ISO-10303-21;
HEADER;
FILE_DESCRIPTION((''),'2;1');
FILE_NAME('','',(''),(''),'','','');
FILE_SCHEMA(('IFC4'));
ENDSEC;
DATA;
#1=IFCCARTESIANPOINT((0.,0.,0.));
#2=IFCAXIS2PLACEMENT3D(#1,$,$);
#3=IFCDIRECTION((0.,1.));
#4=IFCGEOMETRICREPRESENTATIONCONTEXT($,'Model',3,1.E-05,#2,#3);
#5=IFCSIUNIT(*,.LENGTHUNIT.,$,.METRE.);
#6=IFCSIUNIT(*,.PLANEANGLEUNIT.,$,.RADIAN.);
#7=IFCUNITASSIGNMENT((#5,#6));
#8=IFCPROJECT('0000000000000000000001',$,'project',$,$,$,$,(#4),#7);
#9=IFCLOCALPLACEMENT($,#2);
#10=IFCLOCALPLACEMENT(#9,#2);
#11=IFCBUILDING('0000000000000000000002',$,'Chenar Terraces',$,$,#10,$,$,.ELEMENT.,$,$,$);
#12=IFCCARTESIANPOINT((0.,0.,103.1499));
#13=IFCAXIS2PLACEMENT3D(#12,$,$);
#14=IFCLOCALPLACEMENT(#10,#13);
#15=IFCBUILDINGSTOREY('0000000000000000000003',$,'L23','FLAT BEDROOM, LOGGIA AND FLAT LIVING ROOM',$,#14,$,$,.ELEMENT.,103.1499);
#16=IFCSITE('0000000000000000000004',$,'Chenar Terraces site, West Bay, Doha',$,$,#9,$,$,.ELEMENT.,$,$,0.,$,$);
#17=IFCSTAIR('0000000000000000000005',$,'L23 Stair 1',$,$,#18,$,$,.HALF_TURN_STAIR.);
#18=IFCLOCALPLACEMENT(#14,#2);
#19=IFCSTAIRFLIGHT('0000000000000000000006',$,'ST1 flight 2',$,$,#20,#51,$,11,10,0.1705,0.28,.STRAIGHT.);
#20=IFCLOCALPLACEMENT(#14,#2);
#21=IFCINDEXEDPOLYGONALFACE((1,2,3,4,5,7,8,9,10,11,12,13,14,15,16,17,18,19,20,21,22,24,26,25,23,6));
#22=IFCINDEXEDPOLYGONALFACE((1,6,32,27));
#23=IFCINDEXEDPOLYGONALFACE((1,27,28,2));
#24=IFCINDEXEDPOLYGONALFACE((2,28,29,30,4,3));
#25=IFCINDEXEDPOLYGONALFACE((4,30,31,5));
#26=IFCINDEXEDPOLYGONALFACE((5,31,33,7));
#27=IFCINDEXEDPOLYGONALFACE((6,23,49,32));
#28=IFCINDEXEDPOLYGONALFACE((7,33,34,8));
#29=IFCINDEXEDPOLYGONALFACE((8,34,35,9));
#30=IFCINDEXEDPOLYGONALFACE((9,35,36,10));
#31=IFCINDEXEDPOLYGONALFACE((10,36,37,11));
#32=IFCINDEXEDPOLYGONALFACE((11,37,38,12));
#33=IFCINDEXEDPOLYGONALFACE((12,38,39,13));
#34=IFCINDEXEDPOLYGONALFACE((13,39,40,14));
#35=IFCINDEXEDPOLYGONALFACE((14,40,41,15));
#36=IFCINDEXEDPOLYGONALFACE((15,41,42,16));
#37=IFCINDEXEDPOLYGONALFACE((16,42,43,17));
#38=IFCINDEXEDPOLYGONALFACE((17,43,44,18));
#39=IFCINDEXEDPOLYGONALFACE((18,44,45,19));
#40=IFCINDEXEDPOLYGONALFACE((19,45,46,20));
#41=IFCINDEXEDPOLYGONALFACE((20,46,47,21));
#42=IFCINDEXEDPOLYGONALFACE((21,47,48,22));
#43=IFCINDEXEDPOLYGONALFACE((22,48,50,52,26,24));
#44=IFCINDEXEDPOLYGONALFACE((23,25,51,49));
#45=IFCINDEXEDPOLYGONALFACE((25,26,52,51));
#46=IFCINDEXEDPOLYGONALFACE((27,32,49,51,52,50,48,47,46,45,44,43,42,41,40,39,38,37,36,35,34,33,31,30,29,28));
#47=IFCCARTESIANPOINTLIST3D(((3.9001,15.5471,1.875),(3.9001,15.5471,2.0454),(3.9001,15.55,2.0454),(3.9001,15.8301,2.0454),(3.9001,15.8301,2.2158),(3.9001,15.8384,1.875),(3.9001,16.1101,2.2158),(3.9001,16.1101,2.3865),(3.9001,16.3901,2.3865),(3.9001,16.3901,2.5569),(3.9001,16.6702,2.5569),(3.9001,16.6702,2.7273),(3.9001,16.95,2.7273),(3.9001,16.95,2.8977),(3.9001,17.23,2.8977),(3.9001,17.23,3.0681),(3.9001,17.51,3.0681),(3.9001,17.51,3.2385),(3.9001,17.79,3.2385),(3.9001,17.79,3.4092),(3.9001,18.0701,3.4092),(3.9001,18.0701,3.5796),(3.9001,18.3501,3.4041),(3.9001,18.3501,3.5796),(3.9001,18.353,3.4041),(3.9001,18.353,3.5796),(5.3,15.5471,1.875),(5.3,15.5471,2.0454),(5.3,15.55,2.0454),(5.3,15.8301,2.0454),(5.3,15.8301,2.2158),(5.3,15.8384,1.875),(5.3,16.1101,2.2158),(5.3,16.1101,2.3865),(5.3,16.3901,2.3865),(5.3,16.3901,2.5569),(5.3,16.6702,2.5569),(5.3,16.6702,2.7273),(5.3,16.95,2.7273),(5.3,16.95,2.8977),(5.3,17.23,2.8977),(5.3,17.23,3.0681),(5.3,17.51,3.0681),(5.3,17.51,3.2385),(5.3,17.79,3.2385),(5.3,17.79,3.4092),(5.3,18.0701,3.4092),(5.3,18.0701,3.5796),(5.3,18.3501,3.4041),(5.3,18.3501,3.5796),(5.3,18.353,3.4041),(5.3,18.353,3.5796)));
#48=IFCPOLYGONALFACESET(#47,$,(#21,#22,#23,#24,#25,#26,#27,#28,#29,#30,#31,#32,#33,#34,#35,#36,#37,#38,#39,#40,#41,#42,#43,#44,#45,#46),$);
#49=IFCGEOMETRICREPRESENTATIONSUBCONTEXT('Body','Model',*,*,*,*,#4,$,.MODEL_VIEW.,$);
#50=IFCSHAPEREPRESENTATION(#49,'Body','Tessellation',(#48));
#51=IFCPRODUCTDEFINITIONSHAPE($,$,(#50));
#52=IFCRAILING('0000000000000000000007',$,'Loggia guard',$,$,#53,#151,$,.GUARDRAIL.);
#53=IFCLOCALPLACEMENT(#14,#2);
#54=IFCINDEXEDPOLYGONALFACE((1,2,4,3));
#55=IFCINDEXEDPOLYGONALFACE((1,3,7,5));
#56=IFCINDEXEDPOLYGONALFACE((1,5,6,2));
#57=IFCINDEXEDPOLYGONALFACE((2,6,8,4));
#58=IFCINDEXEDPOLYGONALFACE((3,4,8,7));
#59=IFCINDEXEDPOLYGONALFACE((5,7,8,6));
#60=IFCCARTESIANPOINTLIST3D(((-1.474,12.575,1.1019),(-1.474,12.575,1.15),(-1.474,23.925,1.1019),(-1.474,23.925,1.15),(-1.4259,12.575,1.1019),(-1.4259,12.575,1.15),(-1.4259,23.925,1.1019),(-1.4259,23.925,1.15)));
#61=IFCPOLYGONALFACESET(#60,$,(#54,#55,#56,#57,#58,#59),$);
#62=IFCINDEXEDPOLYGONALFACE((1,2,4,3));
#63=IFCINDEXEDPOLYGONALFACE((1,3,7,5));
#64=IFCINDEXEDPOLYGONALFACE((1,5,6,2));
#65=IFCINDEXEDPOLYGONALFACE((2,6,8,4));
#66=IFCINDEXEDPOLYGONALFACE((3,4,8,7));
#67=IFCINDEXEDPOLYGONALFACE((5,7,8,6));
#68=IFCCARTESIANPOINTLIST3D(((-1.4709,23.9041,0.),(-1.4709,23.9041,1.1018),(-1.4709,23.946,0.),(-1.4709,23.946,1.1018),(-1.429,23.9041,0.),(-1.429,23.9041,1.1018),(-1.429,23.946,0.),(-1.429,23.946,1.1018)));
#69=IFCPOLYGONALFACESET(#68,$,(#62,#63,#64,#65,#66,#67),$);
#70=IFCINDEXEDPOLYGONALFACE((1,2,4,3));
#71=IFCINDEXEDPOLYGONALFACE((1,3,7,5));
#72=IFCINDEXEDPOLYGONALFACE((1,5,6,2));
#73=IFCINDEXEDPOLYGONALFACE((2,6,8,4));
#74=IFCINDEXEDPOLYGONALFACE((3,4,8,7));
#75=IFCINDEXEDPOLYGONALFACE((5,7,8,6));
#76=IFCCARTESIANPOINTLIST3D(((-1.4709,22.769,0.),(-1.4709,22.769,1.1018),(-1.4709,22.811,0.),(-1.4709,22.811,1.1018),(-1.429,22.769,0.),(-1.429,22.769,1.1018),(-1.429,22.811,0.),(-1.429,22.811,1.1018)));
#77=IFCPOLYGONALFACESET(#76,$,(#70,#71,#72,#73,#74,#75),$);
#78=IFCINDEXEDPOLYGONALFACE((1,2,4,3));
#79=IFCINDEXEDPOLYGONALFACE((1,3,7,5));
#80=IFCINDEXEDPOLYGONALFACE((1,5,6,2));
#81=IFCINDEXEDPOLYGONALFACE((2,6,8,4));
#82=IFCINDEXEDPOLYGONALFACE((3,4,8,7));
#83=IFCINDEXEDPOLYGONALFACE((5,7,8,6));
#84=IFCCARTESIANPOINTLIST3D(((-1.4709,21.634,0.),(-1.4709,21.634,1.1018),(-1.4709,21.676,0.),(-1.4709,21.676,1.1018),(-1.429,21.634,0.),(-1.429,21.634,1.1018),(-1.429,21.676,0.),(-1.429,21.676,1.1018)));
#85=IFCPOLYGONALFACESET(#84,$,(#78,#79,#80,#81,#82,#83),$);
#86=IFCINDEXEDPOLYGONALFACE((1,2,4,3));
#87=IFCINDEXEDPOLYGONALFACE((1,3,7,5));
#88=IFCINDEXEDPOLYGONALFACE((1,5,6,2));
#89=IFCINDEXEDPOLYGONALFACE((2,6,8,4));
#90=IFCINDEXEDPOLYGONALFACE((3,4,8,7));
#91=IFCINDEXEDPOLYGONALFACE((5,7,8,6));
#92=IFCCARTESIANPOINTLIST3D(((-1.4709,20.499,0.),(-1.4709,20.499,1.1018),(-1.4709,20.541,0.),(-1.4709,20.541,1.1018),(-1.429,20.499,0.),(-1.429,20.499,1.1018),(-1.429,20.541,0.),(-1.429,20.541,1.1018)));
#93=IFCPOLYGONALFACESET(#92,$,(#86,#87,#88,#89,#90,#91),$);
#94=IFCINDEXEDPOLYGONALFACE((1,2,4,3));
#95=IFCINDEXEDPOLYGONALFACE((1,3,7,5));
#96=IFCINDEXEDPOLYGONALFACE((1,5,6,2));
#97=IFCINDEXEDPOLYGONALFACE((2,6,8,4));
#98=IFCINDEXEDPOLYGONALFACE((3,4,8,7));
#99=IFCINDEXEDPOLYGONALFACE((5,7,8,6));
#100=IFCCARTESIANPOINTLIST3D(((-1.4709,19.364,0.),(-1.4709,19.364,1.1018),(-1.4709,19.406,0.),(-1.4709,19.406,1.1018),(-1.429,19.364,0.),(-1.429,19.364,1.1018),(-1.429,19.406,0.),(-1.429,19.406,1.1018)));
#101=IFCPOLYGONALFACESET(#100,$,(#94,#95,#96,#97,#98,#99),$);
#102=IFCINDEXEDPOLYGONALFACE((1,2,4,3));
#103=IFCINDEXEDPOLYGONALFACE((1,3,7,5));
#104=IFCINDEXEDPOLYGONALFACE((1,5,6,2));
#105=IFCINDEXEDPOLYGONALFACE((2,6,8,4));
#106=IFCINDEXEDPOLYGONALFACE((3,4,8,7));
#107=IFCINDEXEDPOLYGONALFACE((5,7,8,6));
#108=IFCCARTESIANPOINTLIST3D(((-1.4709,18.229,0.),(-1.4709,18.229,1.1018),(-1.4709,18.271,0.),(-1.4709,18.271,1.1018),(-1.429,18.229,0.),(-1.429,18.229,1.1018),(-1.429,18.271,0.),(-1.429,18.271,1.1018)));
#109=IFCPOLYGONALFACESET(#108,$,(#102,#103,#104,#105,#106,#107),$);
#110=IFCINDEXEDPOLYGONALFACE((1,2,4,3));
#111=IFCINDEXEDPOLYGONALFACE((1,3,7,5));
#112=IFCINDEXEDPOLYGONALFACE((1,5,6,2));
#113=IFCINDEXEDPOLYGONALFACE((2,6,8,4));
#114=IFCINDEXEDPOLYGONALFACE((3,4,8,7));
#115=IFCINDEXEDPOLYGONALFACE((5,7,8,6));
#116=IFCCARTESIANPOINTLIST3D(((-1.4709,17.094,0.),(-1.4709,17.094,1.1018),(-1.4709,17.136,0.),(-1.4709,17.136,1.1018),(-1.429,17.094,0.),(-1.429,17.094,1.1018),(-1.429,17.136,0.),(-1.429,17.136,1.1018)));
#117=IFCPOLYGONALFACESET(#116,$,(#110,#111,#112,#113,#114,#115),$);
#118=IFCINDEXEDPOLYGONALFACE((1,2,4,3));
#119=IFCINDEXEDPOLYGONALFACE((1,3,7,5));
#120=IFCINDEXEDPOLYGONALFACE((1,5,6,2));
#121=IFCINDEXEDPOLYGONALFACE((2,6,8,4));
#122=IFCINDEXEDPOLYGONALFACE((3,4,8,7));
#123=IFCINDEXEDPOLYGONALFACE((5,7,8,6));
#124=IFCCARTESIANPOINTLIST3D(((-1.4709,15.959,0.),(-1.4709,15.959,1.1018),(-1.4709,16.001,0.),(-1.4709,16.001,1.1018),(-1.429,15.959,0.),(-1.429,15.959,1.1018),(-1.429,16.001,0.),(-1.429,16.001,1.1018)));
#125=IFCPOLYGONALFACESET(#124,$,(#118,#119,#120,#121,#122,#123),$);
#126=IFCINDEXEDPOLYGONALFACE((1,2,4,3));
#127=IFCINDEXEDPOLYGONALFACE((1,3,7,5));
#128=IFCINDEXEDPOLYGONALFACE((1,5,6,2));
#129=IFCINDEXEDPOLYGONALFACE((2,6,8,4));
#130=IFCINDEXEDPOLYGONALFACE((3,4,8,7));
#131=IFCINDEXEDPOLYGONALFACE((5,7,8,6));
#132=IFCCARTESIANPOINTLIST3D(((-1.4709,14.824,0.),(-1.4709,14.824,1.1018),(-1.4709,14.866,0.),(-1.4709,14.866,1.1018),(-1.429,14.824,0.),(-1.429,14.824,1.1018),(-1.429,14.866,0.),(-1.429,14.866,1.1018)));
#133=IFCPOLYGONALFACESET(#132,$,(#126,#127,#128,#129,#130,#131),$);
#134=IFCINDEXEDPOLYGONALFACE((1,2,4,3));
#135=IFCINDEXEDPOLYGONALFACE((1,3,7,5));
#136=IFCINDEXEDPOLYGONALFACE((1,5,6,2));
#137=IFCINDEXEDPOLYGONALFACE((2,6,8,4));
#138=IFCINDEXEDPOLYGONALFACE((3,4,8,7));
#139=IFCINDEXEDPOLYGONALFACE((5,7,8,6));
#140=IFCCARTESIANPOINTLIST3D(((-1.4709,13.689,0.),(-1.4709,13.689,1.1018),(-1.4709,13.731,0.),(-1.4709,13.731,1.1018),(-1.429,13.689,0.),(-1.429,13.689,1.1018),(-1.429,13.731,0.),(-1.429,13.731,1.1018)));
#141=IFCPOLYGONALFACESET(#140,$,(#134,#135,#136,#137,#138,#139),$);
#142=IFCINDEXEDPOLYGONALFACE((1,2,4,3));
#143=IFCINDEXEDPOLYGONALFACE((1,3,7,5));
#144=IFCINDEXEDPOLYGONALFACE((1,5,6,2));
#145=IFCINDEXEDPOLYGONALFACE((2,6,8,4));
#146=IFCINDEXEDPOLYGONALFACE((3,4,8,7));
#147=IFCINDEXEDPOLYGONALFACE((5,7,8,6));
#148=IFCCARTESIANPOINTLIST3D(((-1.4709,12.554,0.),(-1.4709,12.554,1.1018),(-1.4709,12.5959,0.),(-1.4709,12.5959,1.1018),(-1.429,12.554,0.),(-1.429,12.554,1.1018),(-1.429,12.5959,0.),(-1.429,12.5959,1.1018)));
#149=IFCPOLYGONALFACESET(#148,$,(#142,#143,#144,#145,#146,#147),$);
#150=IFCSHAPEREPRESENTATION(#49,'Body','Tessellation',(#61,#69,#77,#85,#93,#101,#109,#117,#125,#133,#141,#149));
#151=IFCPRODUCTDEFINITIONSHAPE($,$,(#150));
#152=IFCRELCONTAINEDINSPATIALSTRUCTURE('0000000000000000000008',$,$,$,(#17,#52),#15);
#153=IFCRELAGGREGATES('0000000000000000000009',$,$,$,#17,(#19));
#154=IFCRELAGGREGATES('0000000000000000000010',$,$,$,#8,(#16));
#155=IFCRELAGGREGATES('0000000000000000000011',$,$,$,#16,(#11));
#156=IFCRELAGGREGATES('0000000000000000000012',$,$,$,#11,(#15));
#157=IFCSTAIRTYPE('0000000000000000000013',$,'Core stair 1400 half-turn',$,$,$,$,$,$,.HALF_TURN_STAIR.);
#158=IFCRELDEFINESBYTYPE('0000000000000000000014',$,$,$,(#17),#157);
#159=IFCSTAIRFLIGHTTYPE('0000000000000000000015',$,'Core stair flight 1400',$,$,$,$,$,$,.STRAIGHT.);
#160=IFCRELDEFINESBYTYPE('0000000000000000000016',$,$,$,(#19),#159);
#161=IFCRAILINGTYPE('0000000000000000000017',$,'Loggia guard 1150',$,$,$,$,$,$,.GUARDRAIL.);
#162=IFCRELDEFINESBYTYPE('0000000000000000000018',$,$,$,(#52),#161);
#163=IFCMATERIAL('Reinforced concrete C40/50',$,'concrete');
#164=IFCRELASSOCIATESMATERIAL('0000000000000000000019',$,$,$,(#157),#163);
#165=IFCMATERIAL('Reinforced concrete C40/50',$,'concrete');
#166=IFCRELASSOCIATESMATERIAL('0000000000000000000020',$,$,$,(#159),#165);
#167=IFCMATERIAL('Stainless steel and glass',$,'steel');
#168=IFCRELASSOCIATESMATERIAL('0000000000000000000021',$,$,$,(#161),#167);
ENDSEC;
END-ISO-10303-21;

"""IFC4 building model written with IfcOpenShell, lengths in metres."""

from ifc_helpers import new_model, si_unit, direction, frame, origin, origin_2d, place, context, subcontext, project, spatial, polyline, rectangle, outline, extrude, material, type_object, element, aggregate, save


model = new_model("IFC4")

# Units and contexts
model_context = context("Model", 3, precision=1e-05, world=origin(), true_north=direction((0.0, 1.0)))
body_context = subcontext(model_context, "Body", "Model", "MODEL_VIEW")
ifc_project = project(units=[si_unit("LENGTHUNIT", "METRE"), si_unit("PLANEANGLEUNIT", "RADIAN")], contexts=[model_context])

# Site, building, storey
site_placement = place(None, origin())
site = spatial("IfcSite", under=ifc_project, at=site_placement, Name="Chenar Terraces site, West Bay, Doha", CompositionType="ELEMENT", RefElevation=0.0)
building_placement = place(site_placement, origin())
building = spatial("IfcBuilding", under=site, at=building_placement, Name="Chenar Terraces", CompositionType="ELEMENT")
storey_placement = place(building_placement, frame((0.0, 0.0, 103.1499)))
storey = spatial("IfcBuildingStorey", under=building, at=storey_placement, Name="L23", Description="FLAT BEDROOM, LOGGIA AND FLAT LIVING ROOM", CompositionType="ELEMENT", Elevation=103.1499)

# Stair, stair flight
ifc_material_1 = material(Name="Reinforced concrete C40/50", Category="concrete")
stair_type = type_object("IfcStairType", Name="Core stair 1400 half-turn", PredefinedType="HALF_TURN_STAIR", material=ifc_material_1)
stair_placement = place(storey_placement, origin())
stair = element("IfcStair", 1, at=stair_placement, inside=storey, type_object=stair_type, Name="L23 Stair 1", PredefinedType="HALF_TURN_STAIR")
ifc_material_2 = material(Name="Reinforced concrete C40/50", Category="concrete")
stair_flight_type = type_object("IfcStairFlightType", Name="Core stair flight 1400", PredefinedType="STRAIGHT", material=ifc_material_2)
stair_flight_1_placement = place(storey_placement, frame((4.6001, 15.55, 1.875), z_axis=(0.0, 0.0, 1.0), x_axis=(0.0, 1.0, 0.0)))
stair_flight_1 = element("IfcStairFlight", 2, at=stair_flight_1_placement, type_object=stair_flight_type, Name="ST1 flight 2", NumberOfRisers=11, NumberOfTreads=10, PredefinedType="STRAIGHT", RiserHeight=0.1705, TreadLength=0.28, context=body_context, shape_type="SweptSolid", body=[
    extrude(outline(polyline([(-0.0029, 0.0), (-0.0029, 0.1704), (0.0, 0.1704), (0.28, 0.1704), (0.28, 0.3408), (0.5601, 0.3408), (0.5601, 0.5115), (0.8401, 0.5115), (0.8401, 0.6819), (1.1201, 0.6819), (1.1201, 0.8523), (1.3999, 0.8523), (1.3999, 1.0227), (1.6799, 1.0227), (1.6799, 1.1931), (1.96, 1.1931), (1.96, 1.3635), (2.24, 1.3635), (2.24, 1.5342), (2.52, 1.5342), (2.52, 1.7046), (2.8, 1.7046), (2.803, 1.7046), (2.803, 1.5291), (2.8, 1.5291), (0.2883, 0.0), (-0.0029, 0.0)])), frame((0.0, 0.7, 0.0), z_axis=(0.0, -1.0, 0.0), x_axis=(1.0, 0.0, 0.0)), (0.0, 0.0, 1.0), 1.3999),
])
aggregate(stair, [stair_flight_1])

# Railing
ifc_material_3 = material(Name="Stainless steel and glass", Category="steel")
railing_type_1 = type_object("IfcRailingType", Name="Loggia guard 1150", PredefinedType="GUARDRAIL", material=ifc_material_3)
railing_1_placement = place(storey_placement, frame((-1.45, 23.925, 0.0)))
element("IfcRailing", 3, at=railing_1_placement, inside=storey, type_object=railing_type_1, Name="Loggia guard", PredefinedType="GUARDRAIL", context=body_context, shape_type="SweptSolid", body=[
    extrude(rectangle(XDim=0.0481, YDim=0.0481, at=origin_2d()), frame((0.0, 0.0, 1.126), z_axis=(0.0, -1.0, 0.0), x_axis=(1.0, 0.0, 0.0)), (0.0, 0.0, 1.0), 11.3501),
    extrude(rectangle(XDim=0.042, YDim=0.042, at=origin_2d()), origin(), (0.0, 0.0, 1.0), 1.1018),
    extrude(rectangle(XDim=0.042, YDim=0.042, at=origin_2d()), frame((0.0, -1.135, 0.0)), (0.0, 0.0, 1.0), 1.1018),
    extrude(rectangle(XDim=0.042, YDim=0.042, at=origin_2d()), frame((0.0, -2.27, 0.0)), (0.0, 0.0, 1.0), 1.1018),
    extrude(rectangle(XDim=0.042, YDim=0.042, at=origin_2d()), frame((0.0, -3.405, 0.0)), (0.0, 0.0, 1.0), 1.1018),
    extrude(rectangle(XDim=0.042, YDim=0.042, at=origin_2d()), frame((0.0, -4.54, 0.0)), (0.0, 0.0, 1.0), 1.1018),
    extrude(rectangle(XDim=0.042, YDim=0.042, at=origin_2d()), frame((0.0, -5.675, 0.0)), (0.0, 0.0, 1.0), 1.1018),
    extrude(rectangle(XDim=0.042, YDim=0.042, at=origin_2d()), frame((0.0, -6.8101, 0.0)), (0.0, 0.0, 1.0), 1.1018),
    extrude(rectangle(XDim=0.042, YDim=0.042, at=origin_2d()), frame((0.0, -7.9451, 0.0)), (0.0, 0.0, 1.0), 1.1018),
    extrude(rectangle(XDim=0.042, YDim=0.042, at=origin_2d()), frame((0.0, -9.0801, 0.0)), (0.0, 0.0, 1.0), 1.1018),
    extrude(rectangle(XDim=0.042, YDim=0.042, at=origin_2d()), frame((0.0, -10.2151, 0.0)), (0.0, 0.0, 1.0), 1.1018),
    extrude(rectangle(XDim=0.042, YDim=0.042, at=origin_2d()), frame((0.0, -11.3501, 0.0)), (0.0, 0.0, 1.0), 1.1018),
])

save(model, "model.ifc")
